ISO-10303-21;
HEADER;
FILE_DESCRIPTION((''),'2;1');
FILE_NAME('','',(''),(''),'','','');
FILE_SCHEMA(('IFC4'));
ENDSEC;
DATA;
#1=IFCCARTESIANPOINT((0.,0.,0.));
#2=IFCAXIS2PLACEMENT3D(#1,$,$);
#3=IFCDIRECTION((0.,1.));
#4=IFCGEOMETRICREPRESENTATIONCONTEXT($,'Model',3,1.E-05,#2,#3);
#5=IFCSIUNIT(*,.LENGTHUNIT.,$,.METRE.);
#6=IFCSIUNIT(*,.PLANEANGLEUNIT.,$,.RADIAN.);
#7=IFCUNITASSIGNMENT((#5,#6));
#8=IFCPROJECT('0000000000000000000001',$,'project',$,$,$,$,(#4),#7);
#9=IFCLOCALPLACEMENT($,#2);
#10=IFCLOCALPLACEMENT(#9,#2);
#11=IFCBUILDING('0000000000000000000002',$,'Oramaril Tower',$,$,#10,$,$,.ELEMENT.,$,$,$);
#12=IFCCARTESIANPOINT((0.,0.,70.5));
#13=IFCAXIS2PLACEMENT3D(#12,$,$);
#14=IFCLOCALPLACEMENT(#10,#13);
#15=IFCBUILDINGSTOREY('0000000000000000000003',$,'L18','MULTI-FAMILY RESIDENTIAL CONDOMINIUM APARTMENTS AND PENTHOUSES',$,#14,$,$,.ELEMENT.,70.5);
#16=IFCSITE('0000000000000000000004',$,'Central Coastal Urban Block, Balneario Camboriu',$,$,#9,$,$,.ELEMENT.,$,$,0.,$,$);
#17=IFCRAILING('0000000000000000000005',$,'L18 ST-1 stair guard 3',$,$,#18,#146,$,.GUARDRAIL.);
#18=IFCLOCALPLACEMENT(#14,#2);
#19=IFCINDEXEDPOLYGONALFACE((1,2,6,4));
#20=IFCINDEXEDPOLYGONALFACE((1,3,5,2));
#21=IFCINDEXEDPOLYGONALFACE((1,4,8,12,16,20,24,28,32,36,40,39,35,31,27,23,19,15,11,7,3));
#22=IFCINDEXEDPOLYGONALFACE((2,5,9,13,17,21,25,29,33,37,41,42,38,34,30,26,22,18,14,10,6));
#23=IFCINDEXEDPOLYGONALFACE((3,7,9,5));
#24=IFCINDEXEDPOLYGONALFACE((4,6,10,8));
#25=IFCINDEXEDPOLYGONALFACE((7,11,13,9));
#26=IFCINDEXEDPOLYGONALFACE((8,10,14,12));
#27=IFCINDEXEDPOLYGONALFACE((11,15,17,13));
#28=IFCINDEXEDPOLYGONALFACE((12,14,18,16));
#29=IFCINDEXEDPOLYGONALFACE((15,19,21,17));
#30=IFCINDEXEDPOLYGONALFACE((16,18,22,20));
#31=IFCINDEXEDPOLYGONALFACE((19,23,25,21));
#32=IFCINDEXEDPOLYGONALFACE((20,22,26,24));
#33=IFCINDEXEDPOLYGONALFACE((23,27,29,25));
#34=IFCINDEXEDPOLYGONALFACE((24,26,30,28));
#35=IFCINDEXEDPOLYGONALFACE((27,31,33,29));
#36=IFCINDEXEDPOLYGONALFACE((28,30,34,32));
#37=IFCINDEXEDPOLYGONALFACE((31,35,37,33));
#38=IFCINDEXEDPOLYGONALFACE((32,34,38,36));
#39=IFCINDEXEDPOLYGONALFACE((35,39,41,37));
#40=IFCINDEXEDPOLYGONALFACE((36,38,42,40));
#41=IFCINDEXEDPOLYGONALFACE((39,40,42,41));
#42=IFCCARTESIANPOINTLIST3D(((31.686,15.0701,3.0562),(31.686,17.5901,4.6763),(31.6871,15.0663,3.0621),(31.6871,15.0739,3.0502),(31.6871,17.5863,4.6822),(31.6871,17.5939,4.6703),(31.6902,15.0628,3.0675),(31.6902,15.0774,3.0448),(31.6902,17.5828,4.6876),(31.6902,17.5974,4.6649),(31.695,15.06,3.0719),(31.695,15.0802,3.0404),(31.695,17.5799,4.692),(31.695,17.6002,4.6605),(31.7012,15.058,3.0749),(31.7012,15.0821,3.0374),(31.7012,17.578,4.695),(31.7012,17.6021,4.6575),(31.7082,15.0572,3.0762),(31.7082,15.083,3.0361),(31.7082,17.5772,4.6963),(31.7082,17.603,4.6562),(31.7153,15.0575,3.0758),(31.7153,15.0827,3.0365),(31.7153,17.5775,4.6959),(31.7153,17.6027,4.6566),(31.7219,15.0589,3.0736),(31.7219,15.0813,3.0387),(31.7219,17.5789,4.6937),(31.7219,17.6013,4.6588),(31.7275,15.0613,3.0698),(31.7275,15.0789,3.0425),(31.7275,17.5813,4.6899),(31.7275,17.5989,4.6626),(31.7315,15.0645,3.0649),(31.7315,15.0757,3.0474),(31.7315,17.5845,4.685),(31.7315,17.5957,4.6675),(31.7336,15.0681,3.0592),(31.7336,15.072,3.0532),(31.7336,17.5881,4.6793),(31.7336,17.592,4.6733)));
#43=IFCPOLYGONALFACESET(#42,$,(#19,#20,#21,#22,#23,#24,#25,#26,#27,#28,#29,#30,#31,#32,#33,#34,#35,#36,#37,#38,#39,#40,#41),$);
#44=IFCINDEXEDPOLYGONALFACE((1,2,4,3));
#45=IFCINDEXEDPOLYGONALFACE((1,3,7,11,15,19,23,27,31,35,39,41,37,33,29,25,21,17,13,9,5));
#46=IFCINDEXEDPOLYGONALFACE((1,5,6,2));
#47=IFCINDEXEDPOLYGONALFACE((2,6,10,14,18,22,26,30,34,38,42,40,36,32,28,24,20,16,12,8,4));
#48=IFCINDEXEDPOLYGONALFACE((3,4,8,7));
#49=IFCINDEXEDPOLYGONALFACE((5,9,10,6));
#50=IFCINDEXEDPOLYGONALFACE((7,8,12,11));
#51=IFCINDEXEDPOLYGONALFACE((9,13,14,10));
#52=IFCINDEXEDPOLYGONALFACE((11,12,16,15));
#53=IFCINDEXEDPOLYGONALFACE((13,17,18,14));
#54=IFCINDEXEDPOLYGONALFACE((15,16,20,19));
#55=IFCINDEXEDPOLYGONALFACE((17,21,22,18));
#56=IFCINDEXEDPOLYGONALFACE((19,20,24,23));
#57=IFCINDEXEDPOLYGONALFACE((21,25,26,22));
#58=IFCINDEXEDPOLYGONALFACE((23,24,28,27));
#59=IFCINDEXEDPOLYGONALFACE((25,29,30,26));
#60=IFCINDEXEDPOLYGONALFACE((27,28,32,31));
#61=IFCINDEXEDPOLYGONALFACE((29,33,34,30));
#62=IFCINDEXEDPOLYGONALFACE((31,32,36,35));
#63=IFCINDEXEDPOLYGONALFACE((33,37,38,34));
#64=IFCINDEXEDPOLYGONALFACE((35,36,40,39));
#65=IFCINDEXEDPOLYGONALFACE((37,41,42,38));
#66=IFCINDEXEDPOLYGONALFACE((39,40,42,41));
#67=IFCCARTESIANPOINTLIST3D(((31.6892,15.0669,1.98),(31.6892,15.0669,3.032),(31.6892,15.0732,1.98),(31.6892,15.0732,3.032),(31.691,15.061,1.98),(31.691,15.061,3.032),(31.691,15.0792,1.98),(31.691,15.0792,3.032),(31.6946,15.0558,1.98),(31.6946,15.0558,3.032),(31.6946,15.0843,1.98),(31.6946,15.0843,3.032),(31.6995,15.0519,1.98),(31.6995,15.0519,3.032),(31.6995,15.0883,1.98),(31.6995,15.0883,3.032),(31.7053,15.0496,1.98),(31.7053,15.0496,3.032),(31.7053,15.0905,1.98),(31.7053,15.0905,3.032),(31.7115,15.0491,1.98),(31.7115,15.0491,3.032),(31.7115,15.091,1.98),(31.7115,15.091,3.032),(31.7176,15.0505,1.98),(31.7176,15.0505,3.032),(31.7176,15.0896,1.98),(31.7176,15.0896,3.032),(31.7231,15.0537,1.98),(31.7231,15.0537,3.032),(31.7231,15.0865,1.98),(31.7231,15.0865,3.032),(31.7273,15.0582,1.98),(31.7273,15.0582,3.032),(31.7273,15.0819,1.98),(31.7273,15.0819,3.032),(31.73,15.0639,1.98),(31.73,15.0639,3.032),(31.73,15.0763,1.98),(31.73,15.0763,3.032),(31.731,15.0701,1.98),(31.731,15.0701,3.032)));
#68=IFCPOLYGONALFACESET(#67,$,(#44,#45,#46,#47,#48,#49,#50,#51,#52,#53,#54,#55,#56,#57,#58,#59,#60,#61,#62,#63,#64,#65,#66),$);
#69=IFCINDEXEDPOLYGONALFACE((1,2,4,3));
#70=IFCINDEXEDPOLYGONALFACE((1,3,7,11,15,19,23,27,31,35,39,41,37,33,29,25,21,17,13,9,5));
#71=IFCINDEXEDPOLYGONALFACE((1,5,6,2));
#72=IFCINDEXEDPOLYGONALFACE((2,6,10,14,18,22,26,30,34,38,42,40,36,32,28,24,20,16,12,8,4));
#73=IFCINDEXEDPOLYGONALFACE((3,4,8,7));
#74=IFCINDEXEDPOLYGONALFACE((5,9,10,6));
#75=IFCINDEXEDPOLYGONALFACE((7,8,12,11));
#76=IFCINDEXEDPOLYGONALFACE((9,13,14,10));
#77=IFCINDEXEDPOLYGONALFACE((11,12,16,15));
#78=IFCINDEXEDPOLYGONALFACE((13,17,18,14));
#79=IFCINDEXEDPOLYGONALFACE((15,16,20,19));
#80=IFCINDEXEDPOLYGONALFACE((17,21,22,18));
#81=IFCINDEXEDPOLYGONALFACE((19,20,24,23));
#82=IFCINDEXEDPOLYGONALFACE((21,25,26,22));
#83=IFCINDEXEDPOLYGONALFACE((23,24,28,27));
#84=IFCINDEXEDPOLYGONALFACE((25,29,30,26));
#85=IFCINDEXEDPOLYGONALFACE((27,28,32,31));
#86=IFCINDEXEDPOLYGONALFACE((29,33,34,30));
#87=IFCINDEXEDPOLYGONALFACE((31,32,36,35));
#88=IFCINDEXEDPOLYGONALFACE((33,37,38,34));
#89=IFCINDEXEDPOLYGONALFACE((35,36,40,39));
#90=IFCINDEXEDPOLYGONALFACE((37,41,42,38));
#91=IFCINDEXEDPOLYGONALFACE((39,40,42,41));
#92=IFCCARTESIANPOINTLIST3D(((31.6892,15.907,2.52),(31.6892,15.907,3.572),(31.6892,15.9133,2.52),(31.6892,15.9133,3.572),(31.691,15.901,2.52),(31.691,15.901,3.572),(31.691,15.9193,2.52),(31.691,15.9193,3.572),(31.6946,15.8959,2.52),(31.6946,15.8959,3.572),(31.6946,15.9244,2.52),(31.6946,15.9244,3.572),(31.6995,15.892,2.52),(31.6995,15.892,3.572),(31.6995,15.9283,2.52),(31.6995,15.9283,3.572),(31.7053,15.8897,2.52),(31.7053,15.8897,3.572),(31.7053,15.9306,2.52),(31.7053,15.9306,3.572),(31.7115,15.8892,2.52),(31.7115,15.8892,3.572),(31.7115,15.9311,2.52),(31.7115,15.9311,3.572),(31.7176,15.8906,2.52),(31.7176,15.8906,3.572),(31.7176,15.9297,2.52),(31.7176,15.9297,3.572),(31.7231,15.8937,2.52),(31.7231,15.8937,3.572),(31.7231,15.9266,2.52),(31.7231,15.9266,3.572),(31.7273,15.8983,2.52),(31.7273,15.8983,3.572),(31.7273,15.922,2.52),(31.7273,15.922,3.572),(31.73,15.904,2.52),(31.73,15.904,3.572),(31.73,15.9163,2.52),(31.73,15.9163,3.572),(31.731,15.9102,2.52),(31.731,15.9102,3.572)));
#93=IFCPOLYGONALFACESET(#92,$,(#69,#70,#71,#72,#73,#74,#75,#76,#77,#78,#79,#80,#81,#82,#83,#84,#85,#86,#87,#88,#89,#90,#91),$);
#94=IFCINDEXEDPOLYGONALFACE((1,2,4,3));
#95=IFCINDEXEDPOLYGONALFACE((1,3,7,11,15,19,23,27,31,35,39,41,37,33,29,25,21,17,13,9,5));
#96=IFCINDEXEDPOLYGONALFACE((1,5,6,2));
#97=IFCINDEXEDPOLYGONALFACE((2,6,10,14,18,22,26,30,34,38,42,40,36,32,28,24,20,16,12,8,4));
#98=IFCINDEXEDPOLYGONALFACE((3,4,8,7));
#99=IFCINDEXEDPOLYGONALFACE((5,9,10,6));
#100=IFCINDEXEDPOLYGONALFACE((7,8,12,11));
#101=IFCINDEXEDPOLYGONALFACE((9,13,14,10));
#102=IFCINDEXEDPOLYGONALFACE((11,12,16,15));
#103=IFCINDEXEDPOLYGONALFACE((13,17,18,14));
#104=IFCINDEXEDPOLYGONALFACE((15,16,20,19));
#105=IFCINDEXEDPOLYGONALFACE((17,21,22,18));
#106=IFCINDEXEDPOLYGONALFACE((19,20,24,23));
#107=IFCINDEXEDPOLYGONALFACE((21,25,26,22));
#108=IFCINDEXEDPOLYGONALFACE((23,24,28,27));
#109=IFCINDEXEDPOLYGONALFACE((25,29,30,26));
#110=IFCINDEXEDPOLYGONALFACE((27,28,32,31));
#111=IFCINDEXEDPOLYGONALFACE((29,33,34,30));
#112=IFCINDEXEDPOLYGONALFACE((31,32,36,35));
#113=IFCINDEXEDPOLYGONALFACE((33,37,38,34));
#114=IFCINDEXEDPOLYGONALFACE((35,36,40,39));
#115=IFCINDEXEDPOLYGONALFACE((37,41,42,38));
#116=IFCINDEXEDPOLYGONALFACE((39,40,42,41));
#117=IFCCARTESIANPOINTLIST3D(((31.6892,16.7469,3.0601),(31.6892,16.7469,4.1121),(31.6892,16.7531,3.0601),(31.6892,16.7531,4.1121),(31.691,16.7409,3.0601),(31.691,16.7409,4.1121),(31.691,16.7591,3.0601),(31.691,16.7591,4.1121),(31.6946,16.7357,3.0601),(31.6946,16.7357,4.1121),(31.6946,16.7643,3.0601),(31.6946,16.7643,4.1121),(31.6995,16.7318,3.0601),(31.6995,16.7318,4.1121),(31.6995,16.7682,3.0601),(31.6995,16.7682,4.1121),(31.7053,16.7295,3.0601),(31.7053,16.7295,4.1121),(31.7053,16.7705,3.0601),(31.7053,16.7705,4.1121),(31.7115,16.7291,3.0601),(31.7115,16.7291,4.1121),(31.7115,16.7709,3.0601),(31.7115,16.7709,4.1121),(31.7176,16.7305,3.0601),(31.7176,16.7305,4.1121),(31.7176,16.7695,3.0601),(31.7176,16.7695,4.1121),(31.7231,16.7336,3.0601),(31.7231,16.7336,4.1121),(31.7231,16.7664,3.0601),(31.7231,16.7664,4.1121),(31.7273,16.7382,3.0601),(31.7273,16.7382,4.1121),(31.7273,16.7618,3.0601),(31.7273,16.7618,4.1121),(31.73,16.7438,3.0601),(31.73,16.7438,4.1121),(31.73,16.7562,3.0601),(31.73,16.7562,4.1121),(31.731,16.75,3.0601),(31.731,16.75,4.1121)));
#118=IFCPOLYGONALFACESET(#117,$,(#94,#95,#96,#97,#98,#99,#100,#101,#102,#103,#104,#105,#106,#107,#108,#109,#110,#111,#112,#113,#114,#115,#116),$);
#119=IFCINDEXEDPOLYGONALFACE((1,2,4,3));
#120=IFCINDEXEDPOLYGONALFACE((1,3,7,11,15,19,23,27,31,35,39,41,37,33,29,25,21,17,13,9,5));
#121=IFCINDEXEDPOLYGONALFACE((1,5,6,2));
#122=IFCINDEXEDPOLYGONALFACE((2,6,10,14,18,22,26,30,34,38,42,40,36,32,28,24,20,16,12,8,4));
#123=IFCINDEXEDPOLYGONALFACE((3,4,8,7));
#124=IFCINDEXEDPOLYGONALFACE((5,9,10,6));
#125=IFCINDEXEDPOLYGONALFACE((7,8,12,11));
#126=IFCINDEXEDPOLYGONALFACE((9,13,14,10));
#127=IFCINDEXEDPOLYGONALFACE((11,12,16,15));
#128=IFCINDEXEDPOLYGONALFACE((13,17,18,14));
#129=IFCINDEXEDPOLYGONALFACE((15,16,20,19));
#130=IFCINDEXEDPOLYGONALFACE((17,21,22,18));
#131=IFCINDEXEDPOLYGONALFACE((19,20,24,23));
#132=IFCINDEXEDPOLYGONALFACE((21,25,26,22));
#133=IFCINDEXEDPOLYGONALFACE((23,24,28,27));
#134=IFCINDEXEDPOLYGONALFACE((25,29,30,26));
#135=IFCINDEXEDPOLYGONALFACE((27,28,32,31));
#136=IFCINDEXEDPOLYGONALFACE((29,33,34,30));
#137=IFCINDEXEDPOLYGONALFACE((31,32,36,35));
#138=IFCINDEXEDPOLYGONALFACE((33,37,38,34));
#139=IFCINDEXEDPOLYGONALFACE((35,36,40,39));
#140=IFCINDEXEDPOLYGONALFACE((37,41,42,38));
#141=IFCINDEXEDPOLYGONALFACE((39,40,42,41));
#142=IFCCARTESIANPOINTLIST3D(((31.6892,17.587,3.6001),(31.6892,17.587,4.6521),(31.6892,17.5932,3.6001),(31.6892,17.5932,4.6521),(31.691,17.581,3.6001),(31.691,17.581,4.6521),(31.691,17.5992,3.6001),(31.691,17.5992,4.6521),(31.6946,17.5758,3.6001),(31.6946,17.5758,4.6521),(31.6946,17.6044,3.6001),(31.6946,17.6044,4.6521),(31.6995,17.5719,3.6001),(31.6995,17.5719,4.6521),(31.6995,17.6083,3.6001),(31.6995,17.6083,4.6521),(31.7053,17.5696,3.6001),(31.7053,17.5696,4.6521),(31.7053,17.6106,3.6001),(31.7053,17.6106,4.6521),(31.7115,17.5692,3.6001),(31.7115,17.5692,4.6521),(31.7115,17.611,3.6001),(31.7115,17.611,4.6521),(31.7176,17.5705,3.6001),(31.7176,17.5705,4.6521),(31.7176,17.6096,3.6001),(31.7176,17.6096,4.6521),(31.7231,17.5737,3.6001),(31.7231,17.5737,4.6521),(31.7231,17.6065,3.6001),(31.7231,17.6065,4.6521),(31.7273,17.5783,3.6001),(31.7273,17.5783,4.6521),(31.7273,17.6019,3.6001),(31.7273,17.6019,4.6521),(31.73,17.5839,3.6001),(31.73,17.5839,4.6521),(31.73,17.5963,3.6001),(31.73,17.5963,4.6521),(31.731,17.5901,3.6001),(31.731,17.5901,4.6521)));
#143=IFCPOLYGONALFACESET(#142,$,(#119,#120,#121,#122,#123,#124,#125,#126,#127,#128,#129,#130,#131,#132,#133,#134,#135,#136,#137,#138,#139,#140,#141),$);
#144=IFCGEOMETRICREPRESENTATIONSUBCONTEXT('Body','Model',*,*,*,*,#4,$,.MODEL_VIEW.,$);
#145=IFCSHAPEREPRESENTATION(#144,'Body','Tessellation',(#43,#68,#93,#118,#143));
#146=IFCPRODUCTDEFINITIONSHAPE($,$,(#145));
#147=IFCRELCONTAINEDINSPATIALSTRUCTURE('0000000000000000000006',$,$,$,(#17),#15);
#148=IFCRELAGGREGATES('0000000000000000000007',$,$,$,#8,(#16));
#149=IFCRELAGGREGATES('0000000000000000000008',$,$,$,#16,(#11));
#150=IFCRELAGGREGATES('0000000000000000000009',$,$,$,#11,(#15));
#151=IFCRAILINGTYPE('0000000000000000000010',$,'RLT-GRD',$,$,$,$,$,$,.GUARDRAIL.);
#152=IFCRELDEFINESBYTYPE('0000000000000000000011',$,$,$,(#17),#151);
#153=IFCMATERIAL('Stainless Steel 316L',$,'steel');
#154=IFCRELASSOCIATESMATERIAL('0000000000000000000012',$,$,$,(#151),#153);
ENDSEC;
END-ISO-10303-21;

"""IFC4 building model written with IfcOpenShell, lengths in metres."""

from ifc_helpers import new_model, si_unit, direction, frame, origin, origin_2d, place, context, subcontext, project, spatial, circle, extrude, material, type_object, element, save


model = new_model("IFC4")

# Units and contexts
model_context = context("Model", 3, precision=1e-05, world=origin(), true_north=direction((0.0, 1.0)))
body_context = subcontext(model_context, "Body", "Model", "MODEL_VIEW")
ifc_project = project(units=[si_unit("LENGTHUNIT", "METRE"), si_unit("PLANEANGLEUNIT", "RADIAN")], contexts=[model_context])

# Site, building, storey
site_placement = place(None, origin())
site = spatial("IfcSite", under=ifc_project, at=site_placement, Name="Central Coastal Urban Block, Balneario Camboriu", CompositionType="ELEMENT", RefElevation=0.0)
building_placement = place(site_placement, origin())
building = spatial("IfcBuilding", under=site, at=building_placement, Name="Oramaril Tower", CompositionType="ELEMENT")
storey_placement = place(building_placement, frame((0.0, 0.0, 70.5)))
storey = spatial("IfcBuildingStorey", under=building, at=storey_placement, Name="L18", Description="MULTI-FAMILY RESIDENTIAL CONDOMINIUM APARTMENTS AND PENTHOUSES", CompositionType="ELEMENT", Elevation=70.5)

# Railing
ifc_material_1 = material(Name="Stainless Steel 316L", Category="steel")
railing_type_1 = type_object("IfcRailingType", Name="RLT-GRD", PredefinedType="GUARDRAIL", material=ifc_material_1)
railing_1_placement = place(storey_placement, frame((31.71, 15.0701, 1.98)))
element("IfcRailing", 1, at=railing_1_placement, inside=storey, type_object=railing_type_1, Name="L18 ST-1 stair guard 3", PredefinedType="GUARDRAIL", context=body_context, shape_type="SweptSolid", body=[
    extrude(circle(Radius=0.0239, at=origin_2d()), frame((0.0, 0.0, 1.0762), z_axis=(0.0, 0.841163, 0.540782), x_axis=(-1.0, 0.0, 0.0)), (0.0, 0.0, 1.0), 2.9958),
    extrude(circle(Radius=0.021, at=origin_2d()), origin(), (0.0, 0.0, 1.0), 1.052),
    extrude(circle(Radius=0.021, at=origin_2d()), frame((0.0, 0.8401, 0.54)), (0.0, 0.0, 1.0), 1.052),
    extrude(circle(Radius=0.021, at=origin_2d()), frame((0.0, 1.6799, 1.0801)), (0.0, 0.0, 1.0), 1.052),
    extrude(circle(Radius=0.021, at=origin_2d()), frame((0.0, 2.52, 1.6201)), (0.0, 0.0, 1.0), 1.052),
])

save(model, "model.ifc")
